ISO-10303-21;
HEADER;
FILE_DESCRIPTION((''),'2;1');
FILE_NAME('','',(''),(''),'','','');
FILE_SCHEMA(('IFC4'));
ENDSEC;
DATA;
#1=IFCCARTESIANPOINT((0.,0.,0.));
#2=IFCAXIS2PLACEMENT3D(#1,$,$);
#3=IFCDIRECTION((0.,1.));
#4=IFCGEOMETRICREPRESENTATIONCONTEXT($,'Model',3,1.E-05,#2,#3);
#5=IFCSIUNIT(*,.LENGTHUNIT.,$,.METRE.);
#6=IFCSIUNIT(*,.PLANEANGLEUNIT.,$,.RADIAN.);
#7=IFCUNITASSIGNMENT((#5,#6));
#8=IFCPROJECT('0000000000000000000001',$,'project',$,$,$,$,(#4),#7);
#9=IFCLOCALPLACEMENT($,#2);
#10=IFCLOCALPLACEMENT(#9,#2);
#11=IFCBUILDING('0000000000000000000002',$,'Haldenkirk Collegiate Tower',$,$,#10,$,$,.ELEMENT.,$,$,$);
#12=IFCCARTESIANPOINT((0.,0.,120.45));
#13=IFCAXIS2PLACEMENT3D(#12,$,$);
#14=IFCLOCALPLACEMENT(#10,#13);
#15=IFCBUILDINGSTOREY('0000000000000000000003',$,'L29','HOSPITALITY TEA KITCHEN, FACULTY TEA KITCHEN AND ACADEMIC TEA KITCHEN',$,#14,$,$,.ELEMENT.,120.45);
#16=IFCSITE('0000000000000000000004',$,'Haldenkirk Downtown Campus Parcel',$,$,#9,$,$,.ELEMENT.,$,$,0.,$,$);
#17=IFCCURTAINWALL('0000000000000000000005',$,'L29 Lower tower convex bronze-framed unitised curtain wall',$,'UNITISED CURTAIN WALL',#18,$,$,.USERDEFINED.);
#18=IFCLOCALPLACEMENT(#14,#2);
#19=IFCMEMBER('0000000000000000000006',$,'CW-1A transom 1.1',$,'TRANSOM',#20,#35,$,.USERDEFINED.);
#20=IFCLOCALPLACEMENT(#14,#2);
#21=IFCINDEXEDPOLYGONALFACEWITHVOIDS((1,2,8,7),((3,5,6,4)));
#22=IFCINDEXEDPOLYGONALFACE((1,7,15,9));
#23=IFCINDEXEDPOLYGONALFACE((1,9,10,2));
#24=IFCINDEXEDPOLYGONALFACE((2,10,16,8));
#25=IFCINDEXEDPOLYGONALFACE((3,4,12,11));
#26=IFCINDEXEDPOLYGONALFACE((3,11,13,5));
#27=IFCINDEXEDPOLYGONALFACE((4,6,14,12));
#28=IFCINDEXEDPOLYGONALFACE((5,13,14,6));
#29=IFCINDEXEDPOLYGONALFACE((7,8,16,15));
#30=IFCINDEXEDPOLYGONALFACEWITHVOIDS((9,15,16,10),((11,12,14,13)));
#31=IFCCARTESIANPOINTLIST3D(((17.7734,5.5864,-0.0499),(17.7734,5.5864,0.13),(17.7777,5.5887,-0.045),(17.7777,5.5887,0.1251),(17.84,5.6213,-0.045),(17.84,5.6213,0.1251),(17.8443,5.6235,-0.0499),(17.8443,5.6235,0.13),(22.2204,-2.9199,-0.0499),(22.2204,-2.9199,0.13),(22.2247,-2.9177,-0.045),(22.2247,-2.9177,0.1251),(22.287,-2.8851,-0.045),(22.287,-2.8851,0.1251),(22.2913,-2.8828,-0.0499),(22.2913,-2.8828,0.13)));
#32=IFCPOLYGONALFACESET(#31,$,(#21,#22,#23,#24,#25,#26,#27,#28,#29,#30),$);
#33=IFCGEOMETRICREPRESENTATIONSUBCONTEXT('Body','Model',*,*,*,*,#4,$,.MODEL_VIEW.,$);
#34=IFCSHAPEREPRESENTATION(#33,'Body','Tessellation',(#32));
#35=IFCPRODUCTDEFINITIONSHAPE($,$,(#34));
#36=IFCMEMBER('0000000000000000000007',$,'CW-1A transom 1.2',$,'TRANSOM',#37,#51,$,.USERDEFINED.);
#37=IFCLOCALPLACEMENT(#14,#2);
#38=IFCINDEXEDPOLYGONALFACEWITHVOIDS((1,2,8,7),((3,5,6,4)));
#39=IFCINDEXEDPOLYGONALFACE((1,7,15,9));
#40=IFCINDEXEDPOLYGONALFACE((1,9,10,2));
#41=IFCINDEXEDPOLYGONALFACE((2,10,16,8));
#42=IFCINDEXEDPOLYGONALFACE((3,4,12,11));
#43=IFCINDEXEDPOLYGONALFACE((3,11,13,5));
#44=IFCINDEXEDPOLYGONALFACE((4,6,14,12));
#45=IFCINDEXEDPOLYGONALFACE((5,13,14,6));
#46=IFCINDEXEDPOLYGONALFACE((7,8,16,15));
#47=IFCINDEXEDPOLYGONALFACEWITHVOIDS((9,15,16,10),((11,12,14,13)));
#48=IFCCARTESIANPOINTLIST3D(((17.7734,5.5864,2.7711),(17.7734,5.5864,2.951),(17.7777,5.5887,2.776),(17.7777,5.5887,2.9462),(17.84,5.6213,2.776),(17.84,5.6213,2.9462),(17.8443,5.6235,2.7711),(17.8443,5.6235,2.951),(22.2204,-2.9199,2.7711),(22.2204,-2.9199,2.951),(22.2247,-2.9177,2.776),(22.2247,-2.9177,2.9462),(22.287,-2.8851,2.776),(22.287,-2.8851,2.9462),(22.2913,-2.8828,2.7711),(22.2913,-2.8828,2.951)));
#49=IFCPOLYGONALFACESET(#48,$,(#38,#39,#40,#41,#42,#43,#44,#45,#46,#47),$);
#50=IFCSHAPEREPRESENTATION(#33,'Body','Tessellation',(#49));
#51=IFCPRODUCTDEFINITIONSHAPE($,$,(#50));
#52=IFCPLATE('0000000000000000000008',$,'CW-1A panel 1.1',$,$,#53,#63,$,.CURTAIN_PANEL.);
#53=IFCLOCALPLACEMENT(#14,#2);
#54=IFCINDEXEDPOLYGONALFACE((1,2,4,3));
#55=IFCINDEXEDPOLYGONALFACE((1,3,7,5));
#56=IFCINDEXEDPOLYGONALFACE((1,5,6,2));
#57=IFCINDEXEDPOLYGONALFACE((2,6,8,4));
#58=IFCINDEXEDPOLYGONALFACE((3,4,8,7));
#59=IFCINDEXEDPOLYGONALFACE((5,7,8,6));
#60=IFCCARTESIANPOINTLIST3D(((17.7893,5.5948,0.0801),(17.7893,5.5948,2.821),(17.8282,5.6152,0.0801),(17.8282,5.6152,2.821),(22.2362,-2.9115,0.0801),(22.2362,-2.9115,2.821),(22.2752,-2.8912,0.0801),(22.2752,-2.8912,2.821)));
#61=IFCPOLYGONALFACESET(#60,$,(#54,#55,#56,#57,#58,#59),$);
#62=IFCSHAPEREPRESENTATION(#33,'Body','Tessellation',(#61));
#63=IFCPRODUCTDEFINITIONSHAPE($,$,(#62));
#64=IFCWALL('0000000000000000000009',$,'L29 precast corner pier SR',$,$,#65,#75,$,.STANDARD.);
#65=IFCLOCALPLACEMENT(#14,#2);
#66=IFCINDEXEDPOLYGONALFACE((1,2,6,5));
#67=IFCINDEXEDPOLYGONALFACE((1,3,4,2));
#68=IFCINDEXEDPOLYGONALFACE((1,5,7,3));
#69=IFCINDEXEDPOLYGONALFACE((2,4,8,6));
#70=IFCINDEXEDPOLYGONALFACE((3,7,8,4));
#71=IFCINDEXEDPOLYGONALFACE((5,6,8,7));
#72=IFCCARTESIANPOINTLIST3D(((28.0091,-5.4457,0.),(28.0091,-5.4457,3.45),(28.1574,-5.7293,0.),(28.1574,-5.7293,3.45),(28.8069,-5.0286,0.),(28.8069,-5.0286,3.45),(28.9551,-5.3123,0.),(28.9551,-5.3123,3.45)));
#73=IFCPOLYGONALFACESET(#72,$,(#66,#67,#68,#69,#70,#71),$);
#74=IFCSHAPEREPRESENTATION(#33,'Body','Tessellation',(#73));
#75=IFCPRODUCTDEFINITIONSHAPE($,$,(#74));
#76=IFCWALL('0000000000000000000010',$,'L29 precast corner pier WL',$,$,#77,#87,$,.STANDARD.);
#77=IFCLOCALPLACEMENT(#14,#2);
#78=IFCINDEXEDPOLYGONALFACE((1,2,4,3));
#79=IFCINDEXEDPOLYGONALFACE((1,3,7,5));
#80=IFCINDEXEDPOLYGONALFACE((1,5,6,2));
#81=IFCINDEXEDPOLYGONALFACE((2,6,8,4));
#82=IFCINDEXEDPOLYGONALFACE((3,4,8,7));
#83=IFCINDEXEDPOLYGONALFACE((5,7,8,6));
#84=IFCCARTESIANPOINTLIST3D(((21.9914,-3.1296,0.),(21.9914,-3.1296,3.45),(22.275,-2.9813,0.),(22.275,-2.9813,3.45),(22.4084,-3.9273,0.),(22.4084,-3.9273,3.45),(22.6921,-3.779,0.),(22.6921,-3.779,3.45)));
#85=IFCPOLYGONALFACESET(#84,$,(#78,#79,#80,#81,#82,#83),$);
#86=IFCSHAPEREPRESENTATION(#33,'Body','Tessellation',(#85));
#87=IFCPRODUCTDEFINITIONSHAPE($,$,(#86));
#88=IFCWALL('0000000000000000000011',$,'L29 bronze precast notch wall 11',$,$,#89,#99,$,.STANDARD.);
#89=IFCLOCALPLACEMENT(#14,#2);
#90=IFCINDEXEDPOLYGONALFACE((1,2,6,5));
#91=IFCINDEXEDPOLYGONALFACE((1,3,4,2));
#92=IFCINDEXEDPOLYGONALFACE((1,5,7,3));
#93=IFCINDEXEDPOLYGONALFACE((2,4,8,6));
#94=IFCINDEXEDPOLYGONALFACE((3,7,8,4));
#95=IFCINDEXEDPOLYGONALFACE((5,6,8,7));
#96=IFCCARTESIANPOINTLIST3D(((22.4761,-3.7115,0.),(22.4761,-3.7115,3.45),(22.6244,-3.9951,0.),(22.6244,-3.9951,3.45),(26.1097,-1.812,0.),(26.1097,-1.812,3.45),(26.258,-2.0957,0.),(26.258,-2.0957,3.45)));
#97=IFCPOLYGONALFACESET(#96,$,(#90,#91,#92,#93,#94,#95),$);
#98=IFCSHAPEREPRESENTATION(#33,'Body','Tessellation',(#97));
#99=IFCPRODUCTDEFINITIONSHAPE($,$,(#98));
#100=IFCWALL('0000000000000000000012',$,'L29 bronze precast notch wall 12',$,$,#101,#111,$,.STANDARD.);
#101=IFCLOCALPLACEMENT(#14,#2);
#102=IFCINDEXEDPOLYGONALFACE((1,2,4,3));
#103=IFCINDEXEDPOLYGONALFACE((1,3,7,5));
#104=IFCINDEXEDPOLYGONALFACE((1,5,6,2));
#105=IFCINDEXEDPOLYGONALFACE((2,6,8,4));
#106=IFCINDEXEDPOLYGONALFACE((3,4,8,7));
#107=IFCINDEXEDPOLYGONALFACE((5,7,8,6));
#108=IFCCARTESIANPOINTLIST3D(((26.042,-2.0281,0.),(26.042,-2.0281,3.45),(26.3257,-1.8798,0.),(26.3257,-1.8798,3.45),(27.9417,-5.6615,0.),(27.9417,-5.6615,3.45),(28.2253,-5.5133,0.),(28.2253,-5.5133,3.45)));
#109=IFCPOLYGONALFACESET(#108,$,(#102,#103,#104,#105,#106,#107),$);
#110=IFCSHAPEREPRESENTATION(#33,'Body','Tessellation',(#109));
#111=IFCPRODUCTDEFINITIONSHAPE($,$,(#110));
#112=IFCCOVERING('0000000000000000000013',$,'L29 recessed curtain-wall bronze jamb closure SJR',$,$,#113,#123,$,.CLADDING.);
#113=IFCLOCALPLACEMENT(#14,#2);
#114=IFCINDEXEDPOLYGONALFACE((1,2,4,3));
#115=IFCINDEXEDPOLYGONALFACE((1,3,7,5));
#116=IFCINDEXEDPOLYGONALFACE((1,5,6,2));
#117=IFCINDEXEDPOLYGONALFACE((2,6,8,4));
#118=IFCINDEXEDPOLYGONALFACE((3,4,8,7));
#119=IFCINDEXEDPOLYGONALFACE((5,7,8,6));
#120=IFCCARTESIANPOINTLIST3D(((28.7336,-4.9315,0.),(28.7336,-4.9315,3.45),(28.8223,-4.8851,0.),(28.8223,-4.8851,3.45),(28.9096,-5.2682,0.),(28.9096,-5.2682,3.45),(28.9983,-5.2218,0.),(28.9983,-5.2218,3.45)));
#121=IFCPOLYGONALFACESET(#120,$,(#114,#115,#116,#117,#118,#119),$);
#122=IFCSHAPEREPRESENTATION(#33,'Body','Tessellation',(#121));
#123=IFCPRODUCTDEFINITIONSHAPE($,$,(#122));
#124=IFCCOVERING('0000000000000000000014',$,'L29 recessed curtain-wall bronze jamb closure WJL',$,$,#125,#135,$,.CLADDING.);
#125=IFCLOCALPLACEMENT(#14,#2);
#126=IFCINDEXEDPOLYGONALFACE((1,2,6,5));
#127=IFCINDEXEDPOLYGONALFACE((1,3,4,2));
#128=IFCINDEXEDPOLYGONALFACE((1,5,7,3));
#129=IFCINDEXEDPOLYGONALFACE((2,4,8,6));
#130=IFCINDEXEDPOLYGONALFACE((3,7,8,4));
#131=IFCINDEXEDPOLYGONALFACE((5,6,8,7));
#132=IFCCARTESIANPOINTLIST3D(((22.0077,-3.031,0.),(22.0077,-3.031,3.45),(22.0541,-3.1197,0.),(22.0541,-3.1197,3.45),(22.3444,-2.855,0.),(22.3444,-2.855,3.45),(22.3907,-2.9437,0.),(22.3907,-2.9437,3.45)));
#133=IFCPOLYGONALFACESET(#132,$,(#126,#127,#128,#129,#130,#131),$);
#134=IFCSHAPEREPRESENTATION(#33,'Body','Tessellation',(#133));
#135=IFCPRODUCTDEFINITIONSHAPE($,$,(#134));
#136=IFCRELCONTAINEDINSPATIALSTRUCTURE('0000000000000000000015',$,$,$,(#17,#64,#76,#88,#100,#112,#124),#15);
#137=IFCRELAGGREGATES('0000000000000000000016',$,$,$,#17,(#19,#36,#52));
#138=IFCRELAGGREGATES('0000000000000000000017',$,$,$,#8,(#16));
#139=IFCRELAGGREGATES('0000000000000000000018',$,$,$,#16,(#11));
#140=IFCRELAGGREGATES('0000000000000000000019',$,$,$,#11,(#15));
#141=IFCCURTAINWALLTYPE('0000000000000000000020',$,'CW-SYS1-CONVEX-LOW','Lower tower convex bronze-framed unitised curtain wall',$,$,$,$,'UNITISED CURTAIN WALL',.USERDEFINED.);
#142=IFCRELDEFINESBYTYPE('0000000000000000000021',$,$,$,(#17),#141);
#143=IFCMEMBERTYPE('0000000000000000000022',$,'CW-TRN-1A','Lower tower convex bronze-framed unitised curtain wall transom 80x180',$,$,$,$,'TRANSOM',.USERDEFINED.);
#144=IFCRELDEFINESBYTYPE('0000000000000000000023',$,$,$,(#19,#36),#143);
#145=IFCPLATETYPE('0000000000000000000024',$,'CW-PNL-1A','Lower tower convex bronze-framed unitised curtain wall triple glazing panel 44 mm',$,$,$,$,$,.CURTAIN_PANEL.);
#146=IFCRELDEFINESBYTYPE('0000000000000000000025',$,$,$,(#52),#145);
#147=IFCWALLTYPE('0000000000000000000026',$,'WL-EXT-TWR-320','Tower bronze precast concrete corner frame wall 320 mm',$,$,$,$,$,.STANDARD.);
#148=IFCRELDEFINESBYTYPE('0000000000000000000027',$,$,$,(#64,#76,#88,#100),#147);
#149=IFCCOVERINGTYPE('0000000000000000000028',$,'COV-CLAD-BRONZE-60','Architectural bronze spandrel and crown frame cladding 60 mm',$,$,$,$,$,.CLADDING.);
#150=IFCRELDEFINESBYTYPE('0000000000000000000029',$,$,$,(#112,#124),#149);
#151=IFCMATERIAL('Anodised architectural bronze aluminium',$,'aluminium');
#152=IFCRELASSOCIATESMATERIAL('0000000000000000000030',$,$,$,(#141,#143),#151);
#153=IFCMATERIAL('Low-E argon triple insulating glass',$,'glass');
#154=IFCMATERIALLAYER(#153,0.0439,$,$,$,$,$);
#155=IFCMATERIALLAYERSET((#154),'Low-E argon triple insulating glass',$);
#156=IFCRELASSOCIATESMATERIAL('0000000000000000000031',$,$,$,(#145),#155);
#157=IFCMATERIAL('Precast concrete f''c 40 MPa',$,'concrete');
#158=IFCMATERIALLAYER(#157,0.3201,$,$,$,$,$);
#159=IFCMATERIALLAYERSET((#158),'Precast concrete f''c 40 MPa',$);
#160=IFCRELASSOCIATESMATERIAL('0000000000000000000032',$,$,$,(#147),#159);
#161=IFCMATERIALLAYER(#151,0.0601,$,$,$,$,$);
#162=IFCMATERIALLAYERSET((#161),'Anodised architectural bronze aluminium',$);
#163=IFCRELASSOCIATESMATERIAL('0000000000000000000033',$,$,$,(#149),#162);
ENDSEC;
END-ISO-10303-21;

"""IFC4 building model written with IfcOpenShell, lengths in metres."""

from ifc_helpers import new_model, si_unit, direction, frame, frame_2d, origin, origin_2d, place, context, subcontext, project, spatial, rectangle, hollow_rectangle, extrude, source, transform, mapped, material, layer, layer_set, material_profile, profile_set, type_object, element, aggregate, save


model = new_model("IFC4")

# Units and contexts
model_context = context("Model", 3, precision=1e-05, world=origin(), true_north=direction((0.0, 1.0)))
body_context = subcontext(model_context, "Body", "Model", "MODEL_VIEW")
ifc_project = project(units=[si_unit("LENGTHUNIT", "METRE"), si_unit("PLANEANGLEUNIT", "RADIAN")], contexts=[model_context])

# Site, building, storey
site_placement = place(None, origin())
site = spatial("IfcSite", under=ifc_project, at=site_placement, Name="Haldenkirk Downtown Campus Parcel", CompositionType="ELEMENT", RefElevation=0.0)
building_placement = place(site_placement, origin())
building = spatial("IfcBuilding", under=site, at=building_placement, Name="Haldenkirk Collegiate Tower", CompositionType="ELEMENT")
storey_placement = place(building_placement, frame((0.0, 0.0, 120.45)))
storey = spatial("IfcBuildingStorey", under=building, at=storey_placement, Name="L29", Description="HOSPITALITY TEA KITCHEN, FACULTY TEA KITCHEN AND ACADEMIC TEA KITCHEN", CompositionType="ELEMENT", Elevation=120.45)

# Shared definitions
ifc_material_1 = material(Name="Anodised architectural bronze aluminium", Category="aluminium")

# Curtain wall, members, plate
curtain_wall_type_1 = type_object("IfcCurtainWallType", Name="CW-SYS1-CONVEX-LOW", Description="Lower tower convex bronze-framed unitised curtain wall", ElementType="UNITISED CURTAIN WALL", PredefinedType="USERDEFINED", material=ifc_material_1)
curtain_wall_1_placement = place(storey_placement, origin())
curtain_wall_1 = element("IfcCurtainWall", 1, at=curtain_wall_1_placement, inside=storey, type_object=curtain_wall_type_1, Name="L29 Lower tower convex bronze-framed unitised curtain wall", ObjectType="UNITISED CURTAIN WALL", PredefinedType="USERDEFINED")
ifc_material_profile_1 = material_profile(ifc_material_1, hollow_rectangle(XDim=0.0801, YDim=0.1799, WallThickness=0.0049, at=origin_2d()), Name="CW-TRN-1A")
ifc_profile_set_1 = profile_set([ifc_material_profile_1], Name="Anodised architectural bronze aluminium")
member_type_1 = type_object("IfcMemberType", Name="CW-TRN-1A", Description="Lower tower convex bronze-framed unitised curtain wall transom 80x180", ElementType="TRANSOM", PredefinedType="USERDEFINED", material=ifc_profile_set_1)
member_1_placement = place(storey_placement, frame((22.2559, -2.9014, 0.04), z_axis=(-0.463297, 0.886203, 0.0), x_axis=(-0.886203, -0.463297, 0.0)))
member_1 = element("IfcMember", 2, at=member_1_placement, type_object=member_type_1, Name="CW-1A transom 1.1", ObjectType="TRANSOM", PredefinedType="USERDEFINED", context=body_context, shape_type="SweptSolid", body=[
    extrude(hollow_rectangle(XDim=0.0801, YDim=0.1799, WallThickness=0.0049, at=origin_2d()), origin(), (0.0, 0.0, 1.0), 9.5986),
])
member_2_placement = place(storey_placement, frame((22.2559, -2.9014, 2.8611), z_axis=(-0.463297, 0.886203, 0.0), x_axis=(-0.886203, -0.463297, 0.0)))
member_2 = element("IfcMember", 3, at=member_2_placement, type_object=member_type_1, Name="CW-1A transom 1.2", ObjectType="TRANSOM", PredefinedType="USERDEFINED", context=body_context, shape_type="SweptSolid", body=[
    extrude(hollow_rectangle(XDim=0.0801, YDim=0.1799, WallThickness=0.0049, at=origin_2d()), origin(), (0.0, 0.0, 1.0), 9.5986),
])
ifc_material_2 = material(Name="Low-E argon triple insulating glass", Category="glass")
ifc_layer_1 = layer(ifc_material_2, 0.0439)
ifc_layer_set_1 = layer_set([ifc_layer_1], Name="Low-E argon triple insulating glass")
plate_type = type_object("IfcPlateType", Name="CW-PNL-1A", Description="Lower tower convex bronze-framed unitised curtain wall triple glazing panel 44 mm", PredefinedType="CURTAIN_PANEL", material=ifc_layer_set_1)
shared_shape_1 = source(origin(), body_context, "Body", "SweptSolid", [
    extrude(rectangle(XDim=9.5986, YDim=0.0439, at=origin_2d()), origin(), (0.0, 0.0, 1.0), 2.741),
])
plate_placement = place(storey_placement, frame((20.0322, 1.3518, 0.0801), z_axis=(0.0, 0.0, 1.0), x_axis=(-0.463294, 0.886205, 0.0)))
plate = element("IfcPlate", 4, at=plate_placement, type_object=plate_type, Name="CW-1A panel 1.1", PredefinedType="CURTAIN_PANEL", context=body_context, shape_type="MappedRepresentation", body=[
    mapped(shared_shape_1, transform((0.0, 0.0, 0.0), x_axis=(1.0, 0.0, 0.0), y_axis=(0.0, 1.0, 0.0), z_axis=(0.0, 0.0, 1.0), scale=1.0)),
])
aggregate(curtain_wall_1, [member_1, member_2, plate])

# Walls
ifc_material_3 = material(Name="Precast concrete f'c 40 MPa", Category="concrete")
ifc_layer_2 = layer(ifc_material_3, 0.3201)
ifc_layer_set_2 = layer_set([ifc_layer_2], Name="Precast concrete f'c 40 MPa")
wall_type = type_object("IfcWallType", Name="WL-EXT-TWR-320", Description="Tower bronze precast concrete corner frame wall 320 mm", PredefinedType="STANDARD", material=ifc_layer_set_2)
for number, where, z_axis, x_axis, name in (
    (5, (28.8811, -5.1704, 0.0), (0.0, 0.0, 1.0), (-0.886198, -0.463307, 0.0), "L29 precast corner pier SR"),
    (6, (22.5503, -3.8533, 0.0), (0.0, 0.0, 1.0), (-0.463307, 0.886198, 0.0), "L29 precast corner pier WL"),
):
    element("IfcWall", number, at=place(storey_placement, frame(where, z_axis=z_axis, x_axis=x_axis)), inside=storey, type_object=wall_type, Name=name, PredefinedType="STANDARD", context=body_context, shape_type="SweptSolid", body=[
        extrude(rectangle(XDim=0.9001, YDim=0.3201, at=frame_2d((0.4502, 0.0))), origin(), (0.0, 0.0, 1.0), 3.45),
    ])
for number, where, z_axis, x_axis, name in (
    (7, (26.1838, -1.9539, 0.0), (0.0, 0.0, 1.0), (-0.886219, -0.463266, 0.0), "L29 bronze precast notch wall 11"),
    (8, (28.0835, -5.5874, 0.0), (0.0, 0.0, 1.0), (-0.463313, 0.886195, 0.0), "L29 bronze precast notch wall 12"),
):
    element("IfcWall", number, at=place(storey_placement, frame(where, z_axis=z_axis, x_axis=x_axis)), inside=storey, type_object=wall_type, Name=name, PredefinedType="STANDARD", context=body_context, shape_type="SweptSolid", body=[
        extrude(rectangle(XDim=4.1001, YDim=0.3201, at=frame_2d((2.05, 0.0))), origin(), (0.0, 0.0, 1.0), 3.45),
    ])

# Coverings
ifc_layer_3 = layer(ifc_material_1, 0.0601)
ifc_layer_set_3 = layer_set([ifc_layer_3], Name="Anodised architectural bronze aluminium")
covering_type = type_object("IfcCoveringType", Name="COV-CLAD-BRONZE-60", Description="Architectural bronze spandrel and crown frame cladding 60 mm", PredefinedType="CLADDING", material=ifc_layer_set_3)
shared_shape_2 = source(origin(), body_context, "Body", "SweptSolid", [
    extrude(rectangle(XDim=0.1001, YDim=0.3799, at=origin_2d()), origin(), (0.0, 0.0, 1.0), 3.45),
])
for number, where, z_axis, x_axis, name in (
    (9, (28.866, -5.0767, 0.0), (0.0, 0.0, 1.0), (-0.886204, -0.463296, 0.0), "L29 recessed curtain-wall bronze jamb closure SJR"),
    (10, (22.1992, -2.9873, 0.0), (0.0, 0.0, 1.0), (-0.463296, 0.886204, 0.0), "L29 recessed curtain-wall bronze jamb closure WJL"),
):
    element("IfcCovering", number, at=place(storey_placement, frame(where, z_axis=z_axis, x_axis=x_axis)), inside=storey, type_object=covering_type, Name=name, PredefinedType="CLADDING", context=body_context, shape_type="MappedRepresentation", body=[
        mapped(shared_shape_2, transform((0.0, 0.0, 0.0), x_axis=(1.0, 0.0, 0.0), y_axis=(0.0, 1.0, 0.0), z_axis=(0.0, 0.0, 1.0), scale=1.0)),
    ])

save(model, "model.ifc")
